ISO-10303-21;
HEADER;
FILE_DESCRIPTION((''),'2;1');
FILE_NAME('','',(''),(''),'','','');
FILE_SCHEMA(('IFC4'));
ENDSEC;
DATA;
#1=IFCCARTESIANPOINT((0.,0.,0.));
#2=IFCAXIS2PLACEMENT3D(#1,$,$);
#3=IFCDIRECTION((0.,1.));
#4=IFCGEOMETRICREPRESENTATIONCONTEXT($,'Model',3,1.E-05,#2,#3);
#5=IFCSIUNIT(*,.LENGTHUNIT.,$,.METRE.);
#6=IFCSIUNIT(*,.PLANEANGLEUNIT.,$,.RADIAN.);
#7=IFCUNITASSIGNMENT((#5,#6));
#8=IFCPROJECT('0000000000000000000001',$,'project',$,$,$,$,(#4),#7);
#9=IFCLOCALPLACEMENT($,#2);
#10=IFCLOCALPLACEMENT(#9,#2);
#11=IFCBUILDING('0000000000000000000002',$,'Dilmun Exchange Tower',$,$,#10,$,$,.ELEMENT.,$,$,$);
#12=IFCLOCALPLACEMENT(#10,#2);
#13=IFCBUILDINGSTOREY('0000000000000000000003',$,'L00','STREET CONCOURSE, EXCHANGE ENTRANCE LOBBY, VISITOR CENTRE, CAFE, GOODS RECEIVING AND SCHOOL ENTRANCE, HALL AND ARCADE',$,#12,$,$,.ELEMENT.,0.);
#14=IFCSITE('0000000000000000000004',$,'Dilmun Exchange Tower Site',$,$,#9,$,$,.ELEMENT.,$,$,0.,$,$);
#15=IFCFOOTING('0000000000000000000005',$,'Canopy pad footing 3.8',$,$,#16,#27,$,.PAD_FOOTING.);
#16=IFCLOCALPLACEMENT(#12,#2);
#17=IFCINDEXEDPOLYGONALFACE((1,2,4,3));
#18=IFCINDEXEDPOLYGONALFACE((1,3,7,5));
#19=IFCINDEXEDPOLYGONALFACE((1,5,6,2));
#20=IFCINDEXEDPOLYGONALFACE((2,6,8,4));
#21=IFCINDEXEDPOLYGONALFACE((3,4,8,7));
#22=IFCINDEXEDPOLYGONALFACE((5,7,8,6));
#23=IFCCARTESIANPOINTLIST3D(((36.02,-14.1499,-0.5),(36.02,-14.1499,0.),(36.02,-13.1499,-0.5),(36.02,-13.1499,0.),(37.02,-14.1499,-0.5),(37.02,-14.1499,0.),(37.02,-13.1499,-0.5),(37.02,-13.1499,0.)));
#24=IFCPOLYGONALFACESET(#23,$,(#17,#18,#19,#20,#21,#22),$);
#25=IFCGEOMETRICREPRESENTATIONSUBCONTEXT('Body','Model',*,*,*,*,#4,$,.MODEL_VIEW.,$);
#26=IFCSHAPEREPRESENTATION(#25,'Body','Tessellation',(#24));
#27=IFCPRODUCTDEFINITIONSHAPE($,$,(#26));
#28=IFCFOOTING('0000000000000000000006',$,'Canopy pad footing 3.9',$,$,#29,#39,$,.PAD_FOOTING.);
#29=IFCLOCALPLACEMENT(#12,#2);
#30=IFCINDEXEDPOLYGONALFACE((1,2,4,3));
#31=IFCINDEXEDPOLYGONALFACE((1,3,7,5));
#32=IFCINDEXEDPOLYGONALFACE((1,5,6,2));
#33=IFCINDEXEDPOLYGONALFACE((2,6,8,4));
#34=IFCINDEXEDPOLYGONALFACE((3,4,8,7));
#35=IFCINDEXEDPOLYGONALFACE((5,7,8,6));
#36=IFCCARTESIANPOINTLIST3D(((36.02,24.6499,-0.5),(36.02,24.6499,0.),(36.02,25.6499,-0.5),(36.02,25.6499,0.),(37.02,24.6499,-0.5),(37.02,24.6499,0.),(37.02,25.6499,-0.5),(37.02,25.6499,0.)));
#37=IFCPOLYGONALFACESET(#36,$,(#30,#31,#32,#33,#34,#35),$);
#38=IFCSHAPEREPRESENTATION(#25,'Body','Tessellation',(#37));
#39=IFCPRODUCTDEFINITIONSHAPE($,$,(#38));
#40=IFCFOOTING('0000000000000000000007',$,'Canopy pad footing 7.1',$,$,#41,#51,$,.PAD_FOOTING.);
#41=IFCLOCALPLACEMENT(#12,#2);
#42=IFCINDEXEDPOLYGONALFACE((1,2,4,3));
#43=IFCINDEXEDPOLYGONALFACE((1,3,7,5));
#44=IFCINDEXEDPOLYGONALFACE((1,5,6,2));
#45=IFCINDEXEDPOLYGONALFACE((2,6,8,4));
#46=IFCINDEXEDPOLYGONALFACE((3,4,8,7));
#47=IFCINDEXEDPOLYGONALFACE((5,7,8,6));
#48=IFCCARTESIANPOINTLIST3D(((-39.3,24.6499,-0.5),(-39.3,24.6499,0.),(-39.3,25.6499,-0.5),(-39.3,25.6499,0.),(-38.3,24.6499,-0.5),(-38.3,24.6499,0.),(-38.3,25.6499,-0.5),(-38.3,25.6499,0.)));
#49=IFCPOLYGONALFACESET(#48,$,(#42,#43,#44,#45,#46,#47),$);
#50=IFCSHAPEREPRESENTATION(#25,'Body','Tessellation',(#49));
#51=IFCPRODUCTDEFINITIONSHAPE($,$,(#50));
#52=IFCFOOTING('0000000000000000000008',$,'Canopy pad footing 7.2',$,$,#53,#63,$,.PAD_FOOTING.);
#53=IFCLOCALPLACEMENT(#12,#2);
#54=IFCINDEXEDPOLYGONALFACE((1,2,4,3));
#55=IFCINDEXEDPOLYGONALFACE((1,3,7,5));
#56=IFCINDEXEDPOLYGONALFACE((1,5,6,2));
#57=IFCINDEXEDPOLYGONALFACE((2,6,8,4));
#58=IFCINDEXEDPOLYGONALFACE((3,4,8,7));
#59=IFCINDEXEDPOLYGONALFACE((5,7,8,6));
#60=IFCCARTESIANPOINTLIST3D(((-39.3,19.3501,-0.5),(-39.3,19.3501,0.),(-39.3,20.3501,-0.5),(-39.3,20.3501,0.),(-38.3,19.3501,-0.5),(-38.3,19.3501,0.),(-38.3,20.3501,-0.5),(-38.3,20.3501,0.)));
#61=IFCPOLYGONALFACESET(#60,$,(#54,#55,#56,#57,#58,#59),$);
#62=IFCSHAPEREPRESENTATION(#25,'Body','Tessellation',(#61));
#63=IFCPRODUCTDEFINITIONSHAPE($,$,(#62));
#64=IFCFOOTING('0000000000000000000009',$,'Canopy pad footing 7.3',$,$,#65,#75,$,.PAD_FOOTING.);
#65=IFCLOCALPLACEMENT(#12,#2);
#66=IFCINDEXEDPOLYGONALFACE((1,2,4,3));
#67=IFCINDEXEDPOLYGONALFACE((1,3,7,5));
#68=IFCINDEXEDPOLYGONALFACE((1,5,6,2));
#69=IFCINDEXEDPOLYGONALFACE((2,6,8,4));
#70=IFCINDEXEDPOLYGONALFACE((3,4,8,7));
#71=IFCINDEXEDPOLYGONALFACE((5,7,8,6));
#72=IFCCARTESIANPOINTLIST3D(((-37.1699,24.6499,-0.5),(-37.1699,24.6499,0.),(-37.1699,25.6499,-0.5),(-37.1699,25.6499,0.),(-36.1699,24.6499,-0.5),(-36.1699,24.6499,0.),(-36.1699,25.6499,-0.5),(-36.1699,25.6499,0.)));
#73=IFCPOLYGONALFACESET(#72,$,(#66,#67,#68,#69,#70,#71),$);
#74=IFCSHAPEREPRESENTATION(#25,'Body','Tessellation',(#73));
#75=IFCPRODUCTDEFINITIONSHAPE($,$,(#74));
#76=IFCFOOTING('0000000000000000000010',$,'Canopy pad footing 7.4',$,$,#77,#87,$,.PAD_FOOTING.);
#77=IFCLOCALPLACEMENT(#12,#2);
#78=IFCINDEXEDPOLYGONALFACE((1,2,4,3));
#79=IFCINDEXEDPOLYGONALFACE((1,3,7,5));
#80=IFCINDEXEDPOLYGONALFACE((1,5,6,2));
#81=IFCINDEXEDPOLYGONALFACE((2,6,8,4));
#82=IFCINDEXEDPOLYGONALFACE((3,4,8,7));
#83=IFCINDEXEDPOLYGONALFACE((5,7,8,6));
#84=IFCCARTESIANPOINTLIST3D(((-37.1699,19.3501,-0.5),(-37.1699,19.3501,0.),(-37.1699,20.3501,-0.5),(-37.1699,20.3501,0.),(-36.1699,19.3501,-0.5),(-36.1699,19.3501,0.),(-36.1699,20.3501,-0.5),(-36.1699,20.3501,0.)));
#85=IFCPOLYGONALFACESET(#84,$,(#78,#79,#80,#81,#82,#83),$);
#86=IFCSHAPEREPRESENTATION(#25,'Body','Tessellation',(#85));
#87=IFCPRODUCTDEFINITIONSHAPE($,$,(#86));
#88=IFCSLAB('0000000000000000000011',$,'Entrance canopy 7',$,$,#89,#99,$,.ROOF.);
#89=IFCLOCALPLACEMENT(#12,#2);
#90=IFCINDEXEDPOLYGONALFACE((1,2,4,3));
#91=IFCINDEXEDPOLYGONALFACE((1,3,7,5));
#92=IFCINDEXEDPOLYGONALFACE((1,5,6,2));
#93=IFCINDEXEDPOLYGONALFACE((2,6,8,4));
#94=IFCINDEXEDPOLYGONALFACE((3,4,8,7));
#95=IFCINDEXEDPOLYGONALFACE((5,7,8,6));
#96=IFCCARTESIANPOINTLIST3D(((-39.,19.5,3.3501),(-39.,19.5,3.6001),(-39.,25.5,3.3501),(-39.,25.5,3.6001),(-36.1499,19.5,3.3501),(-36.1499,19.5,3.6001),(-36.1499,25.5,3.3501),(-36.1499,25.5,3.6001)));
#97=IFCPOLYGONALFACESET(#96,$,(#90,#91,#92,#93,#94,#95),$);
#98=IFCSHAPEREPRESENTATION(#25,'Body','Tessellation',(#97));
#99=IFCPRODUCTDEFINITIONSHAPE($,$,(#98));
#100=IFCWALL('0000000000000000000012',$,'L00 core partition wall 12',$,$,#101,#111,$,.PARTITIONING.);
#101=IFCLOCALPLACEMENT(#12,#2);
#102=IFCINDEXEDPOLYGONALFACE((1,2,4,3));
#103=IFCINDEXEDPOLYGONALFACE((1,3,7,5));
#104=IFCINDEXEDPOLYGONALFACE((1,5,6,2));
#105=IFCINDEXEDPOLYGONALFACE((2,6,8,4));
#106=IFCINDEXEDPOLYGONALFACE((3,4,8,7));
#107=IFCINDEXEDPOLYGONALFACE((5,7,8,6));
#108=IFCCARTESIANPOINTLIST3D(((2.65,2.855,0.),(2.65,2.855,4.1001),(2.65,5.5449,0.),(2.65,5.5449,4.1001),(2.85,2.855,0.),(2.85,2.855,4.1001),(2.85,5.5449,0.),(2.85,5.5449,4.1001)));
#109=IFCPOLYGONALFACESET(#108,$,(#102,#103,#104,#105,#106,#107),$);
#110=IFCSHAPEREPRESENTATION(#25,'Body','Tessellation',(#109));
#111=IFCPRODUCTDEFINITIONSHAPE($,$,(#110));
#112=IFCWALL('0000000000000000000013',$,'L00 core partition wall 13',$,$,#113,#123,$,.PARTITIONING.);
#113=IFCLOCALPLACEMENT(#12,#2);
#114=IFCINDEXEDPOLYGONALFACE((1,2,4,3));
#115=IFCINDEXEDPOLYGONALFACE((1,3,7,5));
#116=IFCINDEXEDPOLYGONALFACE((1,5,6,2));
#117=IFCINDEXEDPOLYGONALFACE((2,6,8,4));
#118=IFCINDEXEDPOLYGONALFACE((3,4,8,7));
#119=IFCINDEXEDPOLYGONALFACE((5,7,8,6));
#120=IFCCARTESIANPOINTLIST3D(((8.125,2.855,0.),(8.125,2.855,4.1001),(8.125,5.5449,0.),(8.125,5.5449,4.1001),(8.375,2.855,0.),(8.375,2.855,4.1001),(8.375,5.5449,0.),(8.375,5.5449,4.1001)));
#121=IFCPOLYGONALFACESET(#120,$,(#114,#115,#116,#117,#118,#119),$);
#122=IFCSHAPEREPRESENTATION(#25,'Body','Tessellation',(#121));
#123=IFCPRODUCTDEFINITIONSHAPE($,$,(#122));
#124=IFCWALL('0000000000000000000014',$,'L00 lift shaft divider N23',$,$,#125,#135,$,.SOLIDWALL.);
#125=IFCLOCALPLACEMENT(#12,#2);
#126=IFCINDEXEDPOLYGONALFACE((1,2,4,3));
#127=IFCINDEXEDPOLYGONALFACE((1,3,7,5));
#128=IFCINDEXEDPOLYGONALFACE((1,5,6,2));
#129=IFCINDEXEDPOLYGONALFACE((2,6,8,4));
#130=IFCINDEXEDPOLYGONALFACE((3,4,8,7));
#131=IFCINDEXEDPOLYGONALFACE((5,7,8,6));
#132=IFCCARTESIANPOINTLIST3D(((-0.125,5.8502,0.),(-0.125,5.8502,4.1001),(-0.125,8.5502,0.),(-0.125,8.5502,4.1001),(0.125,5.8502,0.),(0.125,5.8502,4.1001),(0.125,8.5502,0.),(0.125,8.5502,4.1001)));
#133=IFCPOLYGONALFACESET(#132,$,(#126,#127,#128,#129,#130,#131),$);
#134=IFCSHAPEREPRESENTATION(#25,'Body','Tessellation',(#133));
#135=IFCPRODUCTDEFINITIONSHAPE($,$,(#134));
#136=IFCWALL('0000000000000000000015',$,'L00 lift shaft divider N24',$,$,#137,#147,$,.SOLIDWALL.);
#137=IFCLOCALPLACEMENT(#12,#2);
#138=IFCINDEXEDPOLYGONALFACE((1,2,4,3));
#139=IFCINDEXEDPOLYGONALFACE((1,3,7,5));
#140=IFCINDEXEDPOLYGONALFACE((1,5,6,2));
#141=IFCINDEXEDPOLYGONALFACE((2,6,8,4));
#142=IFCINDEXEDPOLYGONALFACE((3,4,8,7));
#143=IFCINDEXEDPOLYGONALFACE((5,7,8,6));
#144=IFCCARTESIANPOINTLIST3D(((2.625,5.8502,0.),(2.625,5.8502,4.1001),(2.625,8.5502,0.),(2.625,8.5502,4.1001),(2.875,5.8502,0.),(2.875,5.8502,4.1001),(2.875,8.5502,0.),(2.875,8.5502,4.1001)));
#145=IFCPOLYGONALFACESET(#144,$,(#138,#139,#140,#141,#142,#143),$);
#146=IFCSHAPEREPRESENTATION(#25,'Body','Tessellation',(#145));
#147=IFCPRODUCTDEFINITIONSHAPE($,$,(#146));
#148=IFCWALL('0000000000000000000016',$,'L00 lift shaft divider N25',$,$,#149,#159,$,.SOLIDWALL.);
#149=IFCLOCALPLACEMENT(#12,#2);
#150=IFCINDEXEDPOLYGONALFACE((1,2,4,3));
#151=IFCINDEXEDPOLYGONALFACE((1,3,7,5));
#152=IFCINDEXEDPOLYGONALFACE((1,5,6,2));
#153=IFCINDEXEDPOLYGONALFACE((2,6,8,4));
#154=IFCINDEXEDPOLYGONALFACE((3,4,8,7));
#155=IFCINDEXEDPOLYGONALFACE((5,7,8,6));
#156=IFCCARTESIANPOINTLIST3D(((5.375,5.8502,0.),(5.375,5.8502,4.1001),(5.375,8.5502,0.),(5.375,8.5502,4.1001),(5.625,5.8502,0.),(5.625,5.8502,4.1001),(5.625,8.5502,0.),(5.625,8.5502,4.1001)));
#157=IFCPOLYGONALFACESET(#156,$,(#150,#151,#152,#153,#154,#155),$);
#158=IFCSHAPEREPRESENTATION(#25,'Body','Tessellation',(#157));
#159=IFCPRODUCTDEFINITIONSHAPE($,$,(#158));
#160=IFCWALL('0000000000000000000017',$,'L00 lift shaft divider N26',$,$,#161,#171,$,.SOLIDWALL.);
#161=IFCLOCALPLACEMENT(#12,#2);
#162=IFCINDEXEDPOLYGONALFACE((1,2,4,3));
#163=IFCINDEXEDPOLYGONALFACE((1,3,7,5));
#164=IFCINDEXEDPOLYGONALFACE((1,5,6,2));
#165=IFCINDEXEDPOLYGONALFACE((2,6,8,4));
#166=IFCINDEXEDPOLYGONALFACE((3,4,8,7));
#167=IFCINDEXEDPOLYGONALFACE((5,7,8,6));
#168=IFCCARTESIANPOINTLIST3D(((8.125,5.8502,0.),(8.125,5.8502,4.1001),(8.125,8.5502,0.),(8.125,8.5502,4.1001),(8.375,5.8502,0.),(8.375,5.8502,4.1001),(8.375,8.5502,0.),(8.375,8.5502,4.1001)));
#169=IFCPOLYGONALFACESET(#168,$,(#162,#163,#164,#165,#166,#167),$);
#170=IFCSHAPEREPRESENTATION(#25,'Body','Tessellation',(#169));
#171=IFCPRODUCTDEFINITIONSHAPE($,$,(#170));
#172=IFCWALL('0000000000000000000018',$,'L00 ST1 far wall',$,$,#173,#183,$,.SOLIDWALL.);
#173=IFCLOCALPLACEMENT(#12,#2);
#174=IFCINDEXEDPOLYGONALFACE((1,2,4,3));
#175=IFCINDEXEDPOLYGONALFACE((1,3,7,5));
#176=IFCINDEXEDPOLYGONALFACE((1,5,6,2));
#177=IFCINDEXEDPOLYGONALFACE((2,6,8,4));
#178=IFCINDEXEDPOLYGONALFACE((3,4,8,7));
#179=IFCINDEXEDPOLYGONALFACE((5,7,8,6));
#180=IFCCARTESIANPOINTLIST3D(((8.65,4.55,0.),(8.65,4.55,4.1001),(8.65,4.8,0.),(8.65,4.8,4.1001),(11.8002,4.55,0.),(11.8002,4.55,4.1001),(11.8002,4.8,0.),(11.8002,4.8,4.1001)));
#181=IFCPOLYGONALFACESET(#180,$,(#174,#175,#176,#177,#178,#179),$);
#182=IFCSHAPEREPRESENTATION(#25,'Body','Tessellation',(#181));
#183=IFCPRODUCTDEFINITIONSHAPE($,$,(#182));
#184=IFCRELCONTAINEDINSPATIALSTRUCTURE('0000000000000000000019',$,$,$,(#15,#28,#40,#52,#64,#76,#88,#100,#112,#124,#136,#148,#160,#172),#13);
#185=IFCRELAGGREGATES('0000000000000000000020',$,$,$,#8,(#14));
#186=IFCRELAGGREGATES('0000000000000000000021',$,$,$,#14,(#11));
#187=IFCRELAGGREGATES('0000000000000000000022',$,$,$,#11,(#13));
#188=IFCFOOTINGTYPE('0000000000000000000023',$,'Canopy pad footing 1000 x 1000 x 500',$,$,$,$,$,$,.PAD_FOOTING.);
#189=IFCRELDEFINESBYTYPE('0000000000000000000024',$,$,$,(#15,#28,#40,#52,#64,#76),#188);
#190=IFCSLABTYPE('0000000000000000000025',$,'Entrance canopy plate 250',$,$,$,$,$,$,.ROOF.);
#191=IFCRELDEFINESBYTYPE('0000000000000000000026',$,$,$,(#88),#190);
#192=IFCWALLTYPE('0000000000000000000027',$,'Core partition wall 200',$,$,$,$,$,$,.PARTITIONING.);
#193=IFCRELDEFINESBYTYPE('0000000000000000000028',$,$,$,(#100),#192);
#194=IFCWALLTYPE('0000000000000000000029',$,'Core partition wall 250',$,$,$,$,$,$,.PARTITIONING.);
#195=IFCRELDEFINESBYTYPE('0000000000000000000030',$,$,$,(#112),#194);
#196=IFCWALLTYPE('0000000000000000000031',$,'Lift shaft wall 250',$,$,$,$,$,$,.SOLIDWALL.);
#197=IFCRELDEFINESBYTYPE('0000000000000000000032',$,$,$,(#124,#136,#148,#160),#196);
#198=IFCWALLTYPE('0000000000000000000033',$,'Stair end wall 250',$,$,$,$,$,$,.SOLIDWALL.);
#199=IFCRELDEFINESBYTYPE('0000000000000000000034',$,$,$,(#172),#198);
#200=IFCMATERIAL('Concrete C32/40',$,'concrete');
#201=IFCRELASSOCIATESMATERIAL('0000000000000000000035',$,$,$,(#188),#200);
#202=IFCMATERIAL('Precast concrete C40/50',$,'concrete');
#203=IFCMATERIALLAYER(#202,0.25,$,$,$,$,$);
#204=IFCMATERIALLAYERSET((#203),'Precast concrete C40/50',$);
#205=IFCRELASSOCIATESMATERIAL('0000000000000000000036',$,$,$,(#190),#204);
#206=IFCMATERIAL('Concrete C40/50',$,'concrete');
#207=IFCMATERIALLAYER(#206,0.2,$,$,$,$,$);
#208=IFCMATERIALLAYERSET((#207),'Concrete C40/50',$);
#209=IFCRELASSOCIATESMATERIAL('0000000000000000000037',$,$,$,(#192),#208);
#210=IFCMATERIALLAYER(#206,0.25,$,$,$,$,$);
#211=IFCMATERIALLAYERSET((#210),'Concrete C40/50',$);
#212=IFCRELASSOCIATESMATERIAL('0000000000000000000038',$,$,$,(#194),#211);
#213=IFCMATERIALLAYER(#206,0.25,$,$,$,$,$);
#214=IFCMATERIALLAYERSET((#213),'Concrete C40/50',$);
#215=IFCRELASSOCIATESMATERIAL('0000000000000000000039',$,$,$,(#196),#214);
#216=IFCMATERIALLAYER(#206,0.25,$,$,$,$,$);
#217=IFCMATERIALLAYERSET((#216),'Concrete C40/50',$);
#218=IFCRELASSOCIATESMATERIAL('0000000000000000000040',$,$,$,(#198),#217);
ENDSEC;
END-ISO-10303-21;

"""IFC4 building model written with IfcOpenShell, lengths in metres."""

from ifc_helpers import new_model, si_unit, direction, frame, frame_2d, origin, place, context, subcontext, project, spatial, polyline, rectangle, outline, extrude, material, layer, layer_set, type_object, element, save


model = new_model("IFC4")

# Units and contexts
model_context = context("Model", 3, precision=1e-05, world=origin(), true_north=direction((0.0, 1.0)))
body_context = subcontext(model_context, "Body", "Model", "MODEL_VIEW")
ifc_project = project(units=[si_unit("LENGTHUNIT", "METRE"), si_unit("PLANEANGLEUNIT", "RADIAN")], contexts=[model_context])

# Site, building, storey
site_placement = place(None, origin())
site = spatial("IfcSite", under=ifc_project, at=site_placement, Name="Dilmun Exchange Tower Site", CompositionType="ELEMENT", RefElevation=0.0)
building_placement = place(site_placement, origin())
building = spatial("IfcBuilding", under=site, at=building_placement, Name="Dilmun Exchange Tower", CompositionType="ELEMENT")
storey_placement = place(building_placement, origin())
storey = spatial("IfcBuildingStorey", under=building, at=storey_placement, Name="L00", Description="STREET CONCOURSE, EXCHANGE ENTRANCE LOBBY, VISITOR CENTRE, CAFE, GOODS RECEIVING AND SCHOOL ENTRANCE, HALL AND ARCADE", CompositionType="ELEMENT", Elevation=0.0)

# Footings
ifc_material_1 = material(Name="Concrete C32/40", Category="concrete")
footing_type = type_object("IfcFootingType", Name="Canopy pad footing 1000 x 1000 x 500", PredefinedType="PAD_FOOTING", material=ifc_material_1)
footing_1_placement = place(storey_placement, frame((0.0, 0.0, -0.5)))
element("IfcFooting", 1, at=footing_1_placement, inside=storey, type_object=footing_type, Name="Canopy pad footing 3.8", PredefinedType="PAD_FOOTING", context=body_context, shape_type="SweptSolid", body=[
    extrude(outline(polyline([(36.02, -14.1499), (37.02, -14.1499), (37.02, -13.1499), (36.02, -13.1499), (36.02, -14.1499)])), origin(), (0.0, 0.0, 1.0), 0.5),
])
footing_2_placement = place(storey_placement, frame((0.0, 0.0, -0.5)))
element("IfcFooting", 2, at=footing_2_placement, inside=storey, type_object=footing_type, Name="Canopy pad footing 3.9", PredefinedType="PAD_FOOTING", context=body_context, shape_type="SweptSolid", body=[
    extrude(outline(polyline([(36.02, 24.6499), (37.02, 24.6499), (37.02, 25.6499), (36.02, 25.6499), (36.02, 24.6499)])), origin(), (0.0, 0.0, 1.0), 0.5),
])
footing_3_placement = place(storey_placement, frame((0.0, 0.0, -0.5)))
element("IfcFooting", 3, at=footing_3_placement, inside=storey, type_object=footing_type, Name="Canopy pad footing 7.1", PredefinedType="PAD_FOOTING", context=body_context, shape_type="SweptSolid", body=[
    extrude(outline(polyline([(-39.3, 24.6499), (-38.3, 24.6499), (-38.3, 25.6499), (-39.3, 25.6499), (-39.3, 24.6499)])), origin(), (0.0, 0.0, 1.0), 0.5),
])
footing_4_placement = place(storey_placement, frame((0.0, 0.0, -0.5)))
element("IfcFooting", 4, at=footing_4_placement, inside=storey, type_object=footing_type, Name="Canopy pad footing 7.2", PredefinedType="PAD_FOOTING", context=body_context, shape_type="SweptSolid", body=[
    extrude(outline(polyline([(-39.3, 19.3501), (-38.3, 19.3501), (-38.3, 20.3501), (-39.3, 20.3501), (-39.3, 19.3501)])), origin(), (0.0, 0.0, 1.0), 0.5),
])
footing_5_placement = place(storey_placement, frame((0.0, 0.0, -0.5)))
element("IfcFooting", 5, at=footing_5_placement, inside=storey, type_object=footing_type, Name="Canopy pad footing 7.3", PredefinedType="PAD_FOOTING", context=body_context, shape_type="SweptSolid", body=[
    extrude(outline(polyline([(-37.1699, 24.6499), (-36.1699, 24.6499), (-36.1699, 25.6499), (-37.1699, 25.6499), (-37.1699, 24.6499)])), origin(), (0.0, 0.0, 1.0), 0.5),
])
footing_6_placement = place(storey_placement, frame((0.0, 0.0, -0.5)))
element("IfcFooting", 6, at=footing_6_placement, inside=storey, type_object=footing_type, Name="Canopy pad footing 7.4", PredefinedType="PAD_FOOTING", context=body_context, shape_type="SweptSolid", body=[
    extrude(outline(polyline([(-37.1699, 19.3501), (-36.1699, 19.3501), (-36.1699, 20.3501), (-37.1699, 20.3501), (-37.1699, 19.3501)])), origin(), (0.0, 0.0, 1.0), 0.5),
])

# Slab
ifc_material_2 = material(Name="Precast concrete C40/50", Category="concrete")
ifc_layer_1 = layer(ifc_material_2, 0.25)
ifc_layer_set_1 = layer_set([ifc_layer_1], Name="Precast concrete C40/50")
slab_type = type_object("IfcSlabType", Name="Entrance canopy plate 250", PredefinedType="ROOF", material=ifc_layer_set_1)
slab_placement = place(storey_placement, frame((0.0, 0.0, 3.3501)))
element("IfcSlab", 7, at=slab_placement, inside=storey, type_object=slab_type, Name="Entrance canopy 7", PredefinedType="ROOF", context=body_context, shape_type="SweptSolid", body=[
    extrude(outline(polyline([(-36.1499, 25.5), (-36.1499, 19.5), (-39.0, 19.5), (-39.0, 25.5), (-36.1499, 25.5)])), origin(), (0.0, 0.0, 1.0), 0.25),
])

# Walls
ifc_material_3 = material(Name="Concrete C40/50", Category="concrete")
ifc_layer_2 = layer(ifc_material_3, 0.2)
ifc_layer_set_2 = layer_set([ifc_layer_2], Name="Concrete C40/50")
wall_type_1 = type_object("IfcWallType", Name="Core partition wall 200", PredefinedType="PARTITIONING", material=ifc_layer_set_2)
wall_1_placement = place(storey_placement, frame((2.75, 2.855, 0.0), z_axis=(0.0, 0.0, 1.0), x_axis=(0.0, 1.0, 0.0)))
element("IfcWall", 8, at=wall_1_placement, inside=storey, type_object=wall_type_1, Name="L00 core partition wall 12", PredefinedType="PARTITIONING", context=body_context, shape_type="SweptSolid", body=[
    extrude(rectangle(XDim=2.6899, YDim=0.2, at=frame_2d((1.345, 0.0))), origin(), (0.0, 0.0, 1.0), 4.1001),
])
ifc_layer_3 = layer(ifc_material_3, 0.25)
ifc_layer_set_3 = layer_set([ifc_layer_3], Name="Concrete C40/50")
wall_type_2 = type_object("IfcWallType", Name="Core partition wall 250", PredefinedType="PARTITIONING", material=ifc_layer_set_3)
wall_2_placement = place(storey_placement, frame((8.25, 2.855, 0.0), z_axis=(0.0, 0.0, 1.0), x_axis=(0.0, 1.0, 0.0)))
element("IfcWall", 9, at=wall_2_placement, inside=storey, type_object=wall_type_2, Name="L00 core partition wall 13", PredefinedType="PARTITIONING", context=body_context, shape_type="SweptSolid", body=[
    extrude(rectangle(XDim=2.6899, YDim=0.25, at=frame_2d((1.345, 0.0))), origin(), (0.0, 0.0, 1.0), 4.1001),
])
ifc_layer_4 = layer(ifc_material_3, 0.25)
ifc_layer_set_4 = layer_set([ifc_layer_4], Name="Concrete C40/50")
wall_type_3 = type_object("IfcWallType", Name="Lift shaft wall 250", PredefinedType="SOLIDWALL", material=ifc_layer_set_4)
for number, where, z_axis, x_axis, name in (
    (10, (0.0, 5.8501, 0.0), (0.0, 0.0, 1.0), (0.0, 1.0, 0.0), "L00 lift shaft divider N23"),
    (11, (2.75, 5.8501, 0.0), (0.0, 0.0, 1.0), (0.0, 1.0, 0.0), "L00 lift shaft divider N24"),
    (12, (5.5, 5.8501, 0.0), (0.0, 0.0, 1.0), (0.0, 1.0, 0.0), "L00 lift shaft divider N25"),
    (13, (8.25, 5.8501, 0.0), (0.0, 0.0, 1.0), (0.0, 1.0, 0.0), "L00 lift shaft divider N26"),
):
    element("IfcWall", number, at=place(storey_placement, frame(where, z_axis=z_axis, x_axis=x_axis)), inside=storey, type_object=wall_type_3, Name=name, PredefinedType="SOLIDWALL", context=body_context, shape_type="SweptSolid", body=[
        extrude(rectangle(XDim=2.7, YDim=0.25, at=frame_2d((1.3501, 0.0))), origin(), (0.0, 0.0, 1.0), 4.1001),
    ])
ifc_layer_5 = layer(ifc_material_3, 0.25)
ifc_layer_set_5 = layer_set([ifc_layer_5], Name="Concrete C40/50")
wall_type_4 = type_object("IfcWallType", Name="Stair end wall 250", PredefinedType="SOLIDWALL", material=ifc_layer_set_5)
wall_3_placement = place(storey_placement, frame((8.6499, 4.675, 0.0), z_axis=(0.0, 0.0, 1.0), x_axis=(1.0, 0.0, 0.0)))
element("IfcWall", 14, at=wall_3_placement, inside=storey, type_object=wall_type_4, Name="L00 ST1 far wall", PredefinedType="SOLIDWALL", context=body_context, shape_type="SweptSolid", body=[
    extrude(rectangle(XDim=3.1501, YDim=0.25, at=frame_2d((1.5752, 0.0))), origin(), (0.0, 0.0, 1.0), 4.1001),
])

save(model, "model.ifc")
